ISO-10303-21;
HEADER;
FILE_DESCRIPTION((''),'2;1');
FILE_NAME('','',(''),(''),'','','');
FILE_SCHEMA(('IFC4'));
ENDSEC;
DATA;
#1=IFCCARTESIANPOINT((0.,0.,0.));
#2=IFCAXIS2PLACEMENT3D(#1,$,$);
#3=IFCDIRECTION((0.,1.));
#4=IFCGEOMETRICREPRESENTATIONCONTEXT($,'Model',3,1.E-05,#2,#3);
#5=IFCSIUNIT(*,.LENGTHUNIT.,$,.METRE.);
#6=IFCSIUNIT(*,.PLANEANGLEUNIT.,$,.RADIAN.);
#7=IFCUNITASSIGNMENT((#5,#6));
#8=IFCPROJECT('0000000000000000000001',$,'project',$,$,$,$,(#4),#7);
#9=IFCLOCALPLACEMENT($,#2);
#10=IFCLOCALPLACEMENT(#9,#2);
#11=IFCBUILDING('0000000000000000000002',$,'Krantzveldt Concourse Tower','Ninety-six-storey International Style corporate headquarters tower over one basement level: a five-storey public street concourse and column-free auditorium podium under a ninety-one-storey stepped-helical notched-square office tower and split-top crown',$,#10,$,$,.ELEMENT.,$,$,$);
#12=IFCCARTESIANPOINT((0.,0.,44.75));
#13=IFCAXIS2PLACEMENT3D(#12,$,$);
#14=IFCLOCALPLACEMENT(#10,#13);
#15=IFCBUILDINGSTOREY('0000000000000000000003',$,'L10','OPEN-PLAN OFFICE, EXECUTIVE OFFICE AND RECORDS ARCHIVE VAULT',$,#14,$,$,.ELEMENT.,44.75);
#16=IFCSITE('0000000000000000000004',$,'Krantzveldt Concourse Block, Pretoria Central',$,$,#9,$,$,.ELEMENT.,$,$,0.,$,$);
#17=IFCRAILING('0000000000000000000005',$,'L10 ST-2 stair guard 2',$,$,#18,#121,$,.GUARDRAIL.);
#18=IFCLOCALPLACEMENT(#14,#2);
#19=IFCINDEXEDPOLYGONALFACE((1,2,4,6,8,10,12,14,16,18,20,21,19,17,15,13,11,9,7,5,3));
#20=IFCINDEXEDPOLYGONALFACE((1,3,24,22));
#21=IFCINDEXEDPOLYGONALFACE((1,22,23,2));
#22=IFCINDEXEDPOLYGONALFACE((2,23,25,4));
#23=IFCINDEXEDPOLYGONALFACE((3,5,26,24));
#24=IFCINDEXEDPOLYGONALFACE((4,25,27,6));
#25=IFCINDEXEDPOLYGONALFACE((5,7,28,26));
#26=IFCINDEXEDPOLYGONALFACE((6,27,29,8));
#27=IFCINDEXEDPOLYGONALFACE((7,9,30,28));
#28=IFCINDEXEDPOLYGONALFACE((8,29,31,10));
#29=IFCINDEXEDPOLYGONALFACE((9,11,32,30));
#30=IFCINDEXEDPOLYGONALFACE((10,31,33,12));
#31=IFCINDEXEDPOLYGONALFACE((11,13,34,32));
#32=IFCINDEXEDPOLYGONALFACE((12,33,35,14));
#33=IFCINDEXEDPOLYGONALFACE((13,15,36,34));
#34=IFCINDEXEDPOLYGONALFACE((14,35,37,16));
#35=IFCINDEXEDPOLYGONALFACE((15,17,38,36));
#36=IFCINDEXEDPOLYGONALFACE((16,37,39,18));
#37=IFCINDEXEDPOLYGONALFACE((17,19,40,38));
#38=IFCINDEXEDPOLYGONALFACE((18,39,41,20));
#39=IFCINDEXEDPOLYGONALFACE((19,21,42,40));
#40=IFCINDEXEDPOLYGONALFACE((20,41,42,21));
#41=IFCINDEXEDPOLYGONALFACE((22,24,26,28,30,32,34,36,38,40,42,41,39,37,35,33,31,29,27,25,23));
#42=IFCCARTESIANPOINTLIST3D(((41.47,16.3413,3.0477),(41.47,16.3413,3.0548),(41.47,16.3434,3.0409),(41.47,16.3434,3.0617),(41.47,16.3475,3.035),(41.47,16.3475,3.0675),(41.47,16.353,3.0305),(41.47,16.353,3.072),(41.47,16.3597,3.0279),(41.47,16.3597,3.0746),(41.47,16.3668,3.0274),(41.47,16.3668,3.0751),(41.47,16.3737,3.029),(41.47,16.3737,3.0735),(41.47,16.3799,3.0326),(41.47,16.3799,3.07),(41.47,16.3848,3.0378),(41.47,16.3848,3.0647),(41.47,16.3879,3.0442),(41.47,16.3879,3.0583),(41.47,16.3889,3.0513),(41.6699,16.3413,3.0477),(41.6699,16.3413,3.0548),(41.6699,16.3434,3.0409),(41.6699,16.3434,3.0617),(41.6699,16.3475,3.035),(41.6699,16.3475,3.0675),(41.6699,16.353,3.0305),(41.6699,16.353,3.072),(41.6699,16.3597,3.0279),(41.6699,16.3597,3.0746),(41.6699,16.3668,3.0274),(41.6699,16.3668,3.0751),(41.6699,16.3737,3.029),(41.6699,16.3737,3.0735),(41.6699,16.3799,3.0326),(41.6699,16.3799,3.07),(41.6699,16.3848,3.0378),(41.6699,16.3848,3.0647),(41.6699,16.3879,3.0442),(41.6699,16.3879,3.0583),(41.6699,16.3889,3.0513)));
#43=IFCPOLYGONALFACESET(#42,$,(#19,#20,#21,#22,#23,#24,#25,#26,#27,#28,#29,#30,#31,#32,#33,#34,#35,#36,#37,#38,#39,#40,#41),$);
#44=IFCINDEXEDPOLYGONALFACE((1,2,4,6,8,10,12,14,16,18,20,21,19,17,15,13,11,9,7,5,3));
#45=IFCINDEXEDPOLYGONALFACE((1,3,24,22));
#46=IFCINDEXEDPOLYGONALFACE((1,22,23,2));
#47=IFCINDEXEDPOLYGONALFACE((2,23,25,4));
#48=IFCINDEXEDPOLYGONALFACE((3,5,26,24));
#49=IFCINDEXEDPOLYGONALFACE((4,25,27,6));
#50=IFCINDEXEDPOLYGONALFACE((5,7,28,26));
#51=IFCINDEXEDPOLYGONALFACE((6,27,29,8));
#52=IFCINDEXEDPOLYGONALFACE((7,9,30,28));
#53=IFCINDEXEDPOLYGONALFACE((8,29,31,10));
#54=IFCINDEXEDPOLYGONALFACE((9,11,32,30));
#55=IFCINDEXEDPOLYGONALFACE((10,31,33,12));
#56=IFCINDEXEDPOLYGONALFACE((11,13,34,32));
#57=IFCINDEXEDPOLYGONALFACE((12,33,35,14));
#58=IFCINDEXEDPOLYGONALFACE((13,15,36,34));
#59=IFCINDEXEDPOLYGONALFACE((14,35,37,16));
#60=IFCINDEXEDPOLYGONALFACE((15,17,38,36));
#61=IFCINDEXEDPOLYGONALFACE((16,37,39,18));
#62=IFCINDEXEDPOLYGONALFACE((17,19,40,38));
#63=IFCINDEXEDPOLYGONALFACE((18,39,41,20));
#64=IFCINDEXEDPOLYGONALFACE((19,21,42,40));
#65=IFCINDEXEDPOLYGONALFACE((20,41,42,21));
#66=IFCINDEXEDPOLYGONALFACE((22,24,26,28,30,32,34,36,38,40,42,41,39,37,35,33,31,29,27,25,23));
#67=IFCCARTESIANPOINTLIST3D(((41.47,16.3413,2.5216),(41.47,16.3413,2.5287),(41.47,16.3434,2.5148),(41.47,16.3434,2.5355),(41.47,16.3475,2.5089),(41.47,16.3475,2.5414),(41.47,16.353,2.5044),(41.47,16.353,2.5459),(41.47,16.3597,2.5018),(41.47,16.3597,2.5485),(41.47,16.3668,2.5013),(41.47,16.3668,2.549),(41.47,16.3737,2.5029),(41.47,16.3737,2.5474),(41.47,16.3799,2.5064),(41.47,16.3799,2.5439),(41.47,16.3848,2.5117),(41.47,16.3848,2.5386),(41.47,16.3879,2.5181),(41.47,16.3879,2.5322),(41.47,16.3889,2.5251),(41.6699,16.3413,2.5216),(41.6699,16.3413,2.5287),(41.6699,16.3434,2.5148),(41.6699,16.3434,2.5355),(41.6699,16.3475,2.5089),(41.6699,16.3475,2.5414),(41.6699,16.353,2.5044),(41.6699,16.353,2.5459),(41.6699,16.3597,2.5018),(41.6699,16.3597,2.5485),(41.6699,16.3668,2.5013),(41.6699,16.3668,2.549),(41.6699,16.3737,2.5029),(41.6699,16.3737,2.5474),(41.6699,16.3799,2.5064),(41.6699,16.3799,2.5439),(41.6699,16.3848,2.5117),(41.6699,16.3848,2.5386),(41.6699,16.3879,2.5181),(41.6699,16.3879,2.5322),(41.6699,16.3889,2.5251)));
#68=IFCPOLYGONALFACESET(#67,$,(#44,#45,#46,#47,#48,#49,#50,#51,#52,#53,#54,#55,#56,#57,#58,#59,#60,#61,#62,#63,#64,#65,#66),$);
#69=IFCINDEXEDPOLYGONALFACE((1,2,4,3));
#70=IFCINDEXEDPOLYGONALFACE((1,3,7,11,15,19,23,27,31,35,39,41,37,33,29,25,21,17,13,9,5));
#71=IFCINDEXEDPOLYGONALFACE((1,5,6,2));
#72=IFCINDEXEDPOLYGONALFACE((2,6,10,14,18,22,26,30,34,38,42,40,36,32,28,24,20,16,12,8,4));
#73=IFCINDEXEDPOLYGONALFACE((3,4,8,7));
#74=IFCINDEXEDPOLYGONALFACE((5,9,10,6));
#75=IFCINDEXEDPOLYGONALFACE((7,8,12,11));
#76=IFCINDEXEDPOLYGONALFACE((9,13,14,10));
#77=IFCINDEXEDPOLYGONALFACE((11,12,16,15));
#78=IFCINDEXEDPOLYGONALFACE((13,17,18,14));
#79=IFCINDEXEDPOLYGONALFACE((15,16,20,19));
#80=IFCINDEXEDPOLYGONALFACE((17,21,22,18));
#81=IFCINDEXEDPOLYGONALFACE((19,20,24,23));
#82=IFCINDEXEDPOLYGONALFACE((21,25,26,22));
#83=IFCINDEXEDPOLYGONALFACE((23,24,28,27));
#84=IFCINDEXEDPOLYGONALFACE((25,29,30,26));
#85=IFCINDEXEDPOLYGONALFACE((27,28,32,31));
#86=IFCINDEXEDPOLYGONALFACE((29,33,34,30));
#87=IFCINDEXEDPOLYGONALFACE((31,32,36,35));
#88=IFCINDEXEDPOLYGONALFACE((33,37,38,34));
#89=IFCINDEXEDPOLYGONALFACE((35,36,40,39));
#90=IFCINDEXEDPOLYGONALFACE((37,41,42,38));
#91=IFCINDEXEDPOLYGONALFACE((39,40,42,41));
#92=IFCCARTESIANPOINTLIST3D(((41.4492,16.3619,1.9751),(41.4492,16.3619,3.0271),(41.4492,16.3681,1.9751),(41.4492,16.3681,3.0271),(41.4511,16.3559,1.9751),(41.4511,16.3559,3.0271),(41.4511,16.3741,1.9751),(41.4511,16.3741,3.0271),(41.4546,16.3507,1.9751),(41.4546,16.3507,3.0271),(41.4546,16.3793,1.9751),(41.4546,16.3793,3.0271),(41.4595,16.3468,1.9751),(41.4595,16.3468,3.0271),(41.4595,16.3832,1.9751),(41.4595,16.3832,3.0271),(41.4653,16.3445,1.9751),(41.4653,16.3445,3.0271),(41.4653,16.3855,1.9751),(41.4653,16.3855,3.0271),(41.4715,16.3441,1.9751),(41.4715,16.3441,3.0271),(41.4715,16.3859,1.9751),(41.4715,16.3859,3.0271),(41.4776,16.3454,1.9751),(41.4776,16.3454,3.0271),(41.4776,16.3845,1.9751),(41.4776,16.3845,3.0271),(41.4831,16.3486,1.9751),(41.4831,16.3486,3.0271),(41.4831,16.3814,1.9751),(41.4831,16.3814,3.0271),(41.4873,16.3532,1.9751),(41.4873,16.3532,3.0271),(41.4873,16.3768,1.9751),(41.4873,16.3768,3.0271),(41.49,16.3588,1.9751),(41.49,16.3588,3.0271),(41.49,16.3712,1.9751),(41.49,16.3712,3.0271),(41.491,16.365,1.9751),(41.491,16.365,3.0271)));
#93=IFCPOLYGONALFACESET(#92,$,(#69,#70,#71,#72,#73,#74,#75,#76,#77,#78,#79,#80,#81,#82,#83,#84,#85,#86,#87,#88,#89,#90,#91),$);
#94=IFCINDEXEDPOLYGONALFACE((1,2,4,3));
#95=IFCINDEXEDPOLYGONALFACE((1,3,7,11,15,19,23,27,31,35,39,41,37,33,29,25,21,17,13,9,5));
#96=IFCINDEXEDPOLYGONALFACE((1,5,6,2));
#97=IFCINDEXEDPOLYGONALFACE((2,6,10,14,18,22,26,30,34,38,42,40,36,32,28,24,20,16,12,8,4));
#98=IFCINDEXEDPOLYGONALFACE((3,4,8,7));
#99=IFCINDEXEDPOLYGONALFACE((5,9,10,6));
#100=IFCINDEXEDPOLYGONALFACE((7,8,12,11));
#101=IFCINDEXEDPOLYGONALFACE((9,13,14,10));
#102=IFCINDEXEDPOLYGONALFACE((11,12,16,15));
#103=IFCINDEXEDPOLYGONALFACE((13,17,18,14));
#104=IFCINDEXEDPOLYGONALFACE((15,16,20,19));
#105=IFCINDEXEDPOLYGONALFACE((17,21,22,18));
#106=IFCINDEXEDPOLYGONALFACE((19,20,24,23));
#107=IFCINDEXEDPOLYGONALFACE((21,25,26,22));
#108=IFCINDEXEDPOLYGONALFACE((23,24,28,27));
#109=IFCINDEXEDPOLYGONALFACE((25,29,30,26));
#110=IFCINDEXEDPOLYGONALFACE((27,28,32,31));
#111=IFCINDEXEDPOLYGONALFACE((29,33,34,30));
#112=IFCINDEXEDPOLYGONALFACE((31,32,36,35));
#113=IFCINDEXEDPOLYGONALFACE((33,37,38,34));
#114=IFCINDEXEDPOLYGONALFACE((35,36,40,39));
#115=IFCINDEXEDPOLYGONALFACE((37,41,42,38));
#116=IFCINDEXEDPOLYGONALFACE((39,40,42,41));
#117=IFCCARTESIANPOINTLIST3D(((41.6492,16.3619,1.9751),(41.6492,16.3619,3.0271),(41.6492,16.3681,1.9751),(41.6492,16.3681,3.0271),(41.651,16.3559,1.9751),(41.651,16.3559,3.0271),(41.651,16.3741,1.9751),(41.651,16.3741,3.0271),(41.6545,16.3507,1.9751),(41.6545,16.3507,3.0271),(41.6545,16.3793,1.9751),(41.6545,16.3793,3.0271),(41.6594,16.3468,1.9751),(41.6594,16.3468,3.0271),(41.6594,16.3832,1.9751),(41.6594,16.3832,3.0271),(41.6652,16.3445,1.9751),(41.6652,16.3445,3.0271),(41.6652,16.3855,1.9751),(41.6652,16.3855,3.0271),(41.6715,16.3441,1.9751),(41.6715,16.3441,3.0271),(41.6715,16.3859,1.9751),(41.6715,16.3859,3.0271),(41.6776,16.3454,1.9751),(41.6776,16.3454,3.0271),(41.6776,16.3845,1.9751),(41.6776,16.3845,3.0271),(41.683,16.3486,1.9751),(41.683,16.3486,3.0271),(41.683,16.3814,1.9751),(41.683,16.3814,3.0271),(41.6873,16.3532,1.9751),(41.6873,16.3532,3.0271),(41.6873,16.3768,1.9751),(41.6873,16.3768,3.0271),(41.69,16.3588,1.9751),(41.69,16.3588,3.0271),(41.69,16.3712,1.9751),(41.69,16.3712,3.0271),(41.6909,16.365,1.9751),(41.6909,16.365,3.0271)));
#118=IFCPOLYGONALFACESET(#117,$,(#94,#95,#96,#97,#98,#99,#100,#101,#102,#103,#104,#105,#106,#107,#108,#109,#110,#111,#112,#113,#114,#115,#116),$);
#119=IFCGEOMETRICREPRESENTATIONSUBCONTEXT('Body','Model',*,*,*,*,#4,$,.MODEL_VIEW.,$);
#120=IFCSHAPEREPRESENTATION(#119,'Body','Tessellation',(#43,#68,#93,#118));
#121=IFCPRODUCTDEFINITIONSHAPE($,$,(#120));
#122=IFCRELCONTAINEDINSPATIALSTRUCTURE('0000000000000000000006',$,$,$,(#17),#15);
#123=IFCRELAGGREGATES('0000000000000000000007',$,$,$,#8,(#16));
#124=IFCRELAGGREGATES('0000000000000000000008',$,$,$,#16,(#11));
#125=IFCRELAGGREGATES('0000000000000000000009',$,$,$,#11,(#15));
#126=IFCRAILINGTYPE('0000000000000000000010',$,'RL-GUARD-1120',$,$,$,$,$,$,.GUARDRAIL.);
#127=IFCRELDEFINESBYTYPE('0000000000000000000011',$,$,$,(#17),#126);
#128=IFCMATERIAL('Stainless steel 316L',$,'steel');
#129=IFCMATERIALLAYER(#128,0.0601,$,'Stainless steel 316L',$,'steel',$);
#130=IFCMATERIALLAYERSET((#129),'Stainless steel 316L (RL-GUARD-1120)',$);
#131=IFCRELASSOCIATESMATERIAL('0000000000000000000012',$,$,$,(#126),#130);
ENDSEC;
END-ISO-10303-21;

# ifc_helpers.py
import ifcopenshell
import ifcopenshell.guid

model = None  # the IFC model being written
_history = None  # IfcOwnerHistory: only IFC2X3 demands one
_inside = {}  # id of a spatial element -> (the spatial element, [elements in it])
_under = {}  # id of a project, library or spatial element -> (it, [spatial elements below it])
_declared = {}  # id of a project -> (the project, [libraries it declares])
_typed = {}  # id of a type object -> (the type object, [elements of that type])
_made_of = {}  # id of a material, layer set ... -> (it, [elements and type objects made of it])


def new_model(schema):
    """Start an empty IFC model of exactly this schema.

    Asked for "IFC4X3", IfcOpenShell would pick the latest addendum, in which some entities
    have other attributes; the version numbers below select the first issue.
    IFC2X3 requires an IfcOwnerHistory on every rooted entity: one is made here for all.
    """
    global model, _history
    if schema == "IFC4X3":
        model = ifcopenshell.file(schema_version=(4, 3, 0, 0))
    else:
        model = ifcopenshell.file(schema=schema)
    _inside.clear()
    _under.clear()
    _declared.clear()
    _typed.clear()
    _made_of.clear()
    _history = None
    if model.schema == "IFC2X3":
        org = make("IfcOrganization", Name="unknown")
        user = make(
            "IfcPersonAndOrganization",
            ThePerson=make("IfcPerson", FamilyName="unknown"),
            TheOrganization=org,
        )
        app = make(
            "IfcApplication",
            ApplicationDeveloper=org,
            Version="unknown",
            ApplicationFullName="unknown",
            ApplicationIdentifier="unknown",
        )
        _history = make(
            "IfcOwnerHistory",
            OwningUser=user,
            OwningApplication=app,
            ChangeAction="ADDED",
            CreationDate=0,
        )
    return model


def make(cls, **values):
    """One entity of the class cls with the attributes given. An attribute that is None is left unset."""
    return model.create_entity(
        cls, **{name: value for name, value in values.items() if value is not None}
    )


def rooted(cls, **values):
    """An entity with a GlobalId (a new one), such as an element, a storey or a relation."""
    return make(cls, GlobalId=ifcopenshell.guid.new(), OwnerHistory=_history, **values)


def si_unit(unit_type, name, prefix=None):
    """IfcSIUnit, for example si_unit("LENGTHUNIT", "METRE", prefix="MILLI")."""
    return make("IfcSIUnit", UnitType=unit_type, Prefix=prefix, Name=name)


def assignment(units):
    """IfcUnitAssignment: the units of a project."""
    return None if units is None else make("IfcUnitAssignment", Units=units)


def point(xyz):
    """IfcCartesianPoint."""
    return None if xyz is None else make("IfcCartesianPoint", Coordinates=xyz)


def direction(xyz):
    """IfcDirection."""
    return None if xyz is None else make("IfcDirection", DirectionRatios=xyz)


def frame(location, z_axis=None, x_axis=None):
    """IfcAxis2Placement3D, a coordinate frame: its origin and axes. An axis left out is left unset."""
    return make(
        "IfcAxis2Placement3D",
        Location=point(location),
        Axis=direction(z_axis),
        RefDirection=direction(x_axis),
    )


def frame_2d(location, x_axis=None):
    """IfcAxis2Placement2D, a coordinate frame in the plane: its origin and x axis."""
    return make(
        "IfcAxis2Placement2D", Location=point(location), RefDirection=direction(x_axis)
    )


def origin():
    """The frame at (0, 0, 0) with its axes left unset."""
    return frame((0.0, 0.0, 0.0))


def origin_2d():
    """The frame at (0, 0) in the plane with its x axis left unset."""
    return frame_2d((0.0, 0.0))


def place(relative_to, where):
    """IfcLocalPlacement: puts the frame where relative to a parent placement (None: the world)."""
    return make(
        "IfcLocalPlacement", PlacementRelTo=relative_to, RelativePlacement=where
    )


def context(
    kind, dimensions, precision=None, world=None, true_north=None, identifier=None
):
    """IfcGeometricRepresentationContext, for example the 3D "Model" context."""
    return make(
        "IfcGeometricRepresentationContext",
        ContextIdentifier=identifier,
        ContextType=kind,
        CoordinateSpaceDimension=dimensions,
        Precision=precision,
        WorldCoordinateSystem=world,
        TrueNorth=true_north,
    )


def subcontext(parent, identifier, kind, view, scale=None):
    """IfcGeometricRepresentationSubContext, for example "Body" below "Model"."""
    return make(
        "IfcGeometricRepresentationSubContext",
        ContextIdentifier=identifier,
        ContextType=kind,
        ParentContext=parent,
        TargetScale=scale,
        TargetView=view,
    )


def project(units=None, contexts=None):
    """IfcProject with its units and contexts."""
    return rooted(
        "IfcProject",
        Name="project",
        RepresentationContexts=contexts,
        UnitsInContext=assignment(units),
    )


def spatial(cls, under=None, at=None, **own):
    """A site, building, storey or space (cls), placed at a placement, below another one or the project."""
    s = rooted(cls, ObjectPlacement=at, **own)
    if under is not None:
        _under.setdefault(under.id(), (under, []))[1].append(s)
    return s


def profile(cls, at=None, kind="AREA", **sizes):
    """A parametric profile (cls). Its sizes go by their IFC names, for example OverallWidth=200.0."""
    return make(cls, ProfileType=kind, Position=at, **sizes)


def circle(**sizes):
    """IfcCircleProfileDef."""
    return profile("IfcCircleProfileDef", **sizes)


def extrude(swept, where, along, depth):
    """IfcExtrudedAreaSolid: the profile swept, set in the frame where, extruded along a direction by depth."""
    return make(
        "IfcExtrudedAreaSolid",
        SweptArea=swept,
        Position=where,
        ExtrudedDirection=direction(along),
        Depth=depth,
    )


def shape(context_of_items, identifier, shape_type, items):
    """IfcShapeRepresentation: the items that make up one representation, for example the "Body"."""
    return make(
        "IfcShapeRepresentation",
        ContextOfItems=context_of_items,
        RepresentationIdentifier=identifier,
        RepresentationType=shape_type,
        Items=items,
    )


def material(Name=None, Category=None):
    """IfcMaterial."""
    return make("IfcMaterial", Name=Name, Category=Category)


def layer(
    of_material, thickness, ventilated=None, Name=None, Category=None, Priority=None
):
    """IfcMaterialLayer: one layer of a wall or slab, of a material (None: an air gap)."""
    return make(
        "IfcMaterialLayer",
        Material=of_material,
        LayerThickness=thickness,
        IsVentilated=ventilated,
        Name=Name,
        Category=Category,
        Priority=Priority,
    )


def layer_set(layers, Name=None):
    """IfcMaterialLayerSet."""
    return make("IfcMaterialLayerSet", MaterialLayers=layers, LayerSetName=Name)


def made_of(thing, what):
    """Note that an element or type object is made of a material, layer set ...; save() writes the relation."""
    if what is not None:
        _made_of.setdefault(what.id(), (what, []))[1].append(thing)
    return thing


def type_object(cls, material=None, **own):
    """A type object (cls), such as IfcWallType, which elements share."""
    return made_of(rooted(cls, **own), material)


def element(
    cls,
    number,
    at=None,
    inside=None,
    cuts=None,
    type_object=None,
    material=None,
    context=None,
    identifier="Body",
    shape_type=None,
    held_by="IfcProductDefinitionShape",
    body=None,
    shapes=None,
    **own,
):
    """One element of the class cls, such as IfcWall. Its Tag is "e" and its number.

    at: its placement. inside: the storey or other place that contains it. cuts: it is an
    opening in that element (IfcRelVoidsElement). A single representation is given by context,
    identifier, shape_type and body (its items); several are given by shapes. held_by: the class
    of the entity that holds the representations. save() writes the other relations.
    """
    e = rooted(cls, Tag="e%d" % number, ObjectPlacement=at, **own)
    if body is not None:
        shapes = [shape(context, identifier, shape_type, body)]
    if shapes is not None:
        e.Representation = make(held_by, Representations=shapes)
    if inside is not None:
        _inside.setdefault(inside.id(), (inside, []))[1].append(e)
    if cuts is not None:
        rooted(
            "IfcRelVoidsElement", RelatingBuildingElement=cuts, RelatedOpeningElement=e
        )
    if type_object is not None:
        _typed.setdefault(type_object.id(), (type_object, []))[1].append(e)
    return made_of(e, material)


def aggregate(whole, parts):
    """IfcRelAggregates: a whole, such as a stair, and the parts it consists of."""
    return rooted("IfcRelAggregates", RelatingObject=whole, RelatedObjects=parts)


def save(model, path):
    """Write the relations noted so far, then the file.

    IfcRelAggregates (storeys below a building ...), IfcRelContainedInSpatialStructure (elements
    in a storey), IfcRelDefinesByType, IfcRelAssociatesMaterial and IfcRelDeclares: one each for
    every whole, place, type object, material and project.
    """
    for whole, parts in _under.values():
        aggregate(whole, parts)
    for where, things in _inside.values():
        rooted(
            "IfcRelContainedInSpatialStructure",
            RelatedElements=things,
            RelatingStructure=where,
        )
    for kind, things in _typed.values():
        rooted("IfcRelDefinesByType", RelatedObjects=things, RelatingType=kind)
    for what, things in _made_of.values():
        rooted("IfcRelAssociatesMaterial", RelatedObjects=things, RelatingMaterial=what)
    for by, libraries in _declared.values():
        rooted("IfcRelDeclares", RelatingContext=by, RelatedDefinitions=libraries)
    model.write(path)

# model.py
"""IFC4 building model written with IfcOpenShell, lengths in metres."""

from ifc_helpers import new_model, si_unit, direction, frame, origin, origin_2d, place, context, subcontext, project, spatial, circle, extrude, material, layer, layer_set, type_object, element, save


model = new_model("IFC4")

# Units and contexts
model_context = context("Model", 3, precision=1e-05, world=origin(), true_north=direction((0.0, 1.0)))
body_context = subcontext(model_context, "Body", "Model", "MODEL_VIEW")
ifc_project = project(units=[si_unit("LENGTHUNIT", "METRE"), si_unit("PLANEANGLEUNIT", "RADIAN")], contexts=[model_context])

# Site, building, storey
site_placement = place(None, origin())
site = spatial("IfcSite", under=ifc_project, at=site_placement, Name="Krantzveldt Concourse Block, Pretoria Central", CompositionType="ELEMENT", RefElevation=0.0)
building_placement = place(site_placement, origin())
building = spatial("IfcBuilding", under=site, at=building_placement, Name="Krantzveldt Concourse Tower", Description="Ninety-six-storey International Style corporate headquarters tower over one basement level: a five-storey public street concourse and column-free auditorium podium under a ninety-one-storey stepped-helical notched-square office tower and split-top crown", CompositionType="ELEMENT")
storey_placement = place(building_placement, frame((0.0, 0.0, 44.75)))
storey = spatial("IfcBuildingStorey", under=building, at=storey_placement, Name="L10", Description="OPEN-PLAN OFFICE, EXECUTIVE OFFICE AND RECORDS ARCHIVE VAULT", CompositionType="ELEMENT", Elevation=44.75)

# Shared definitions
ifc_material_1 = material(Name="Stainless steel 316L", Category="steel")

# Railing
ifc_layer_1 = layer(ifc_material_1, 0.0601, Name="Stainless steel 316L", Category="steel")
ifc_layer_set_1 = layer_set([ifc_layer_1], Name="Stainless steel 316L (RL-GUARD-1120)")
railing_type_1 = type_object("IfcRailingType", Name="RL-GUARD-1120", PredefinedType="GUARDRAIL", material=ifc_layer_set_1)
railing_1_placement = place(storey_placement, frame((41.47, 16.365, 1.9751)))
element("IfcRailing", 1, at=railing_1_placement, inside=storey, type_object=railing_type_1, Name="L10 ST-2 stair guard 2", PredefinedType="GUARDRAIL", context=body_context, shape_type="SweptSolid", body=[
    extrude(circle(Radius=0.0239, at=origin_2d()), frame((0.0, 0.0, 1.0762), z_axis=(1.0, 0.0, 0.0), x_axis=(0.0, 1.0, 0.0)), (0.0, 0.0, 1.0), 0.2),
    extrude(circle(Radius=0.0239, at=origin_2d()), frame((0.0, 0.0, 0.55), z_axis=(1.0, 0.0, 0.0), x_axis=(0.0, 1.0, 0.0)), (0.0, 0.0, 1.0), 0.2),
    extrude(circle(Radius=0.021, at=origin_2d()), origin(), (0.0, 0.0, 1.0), 1.052),
    extrude(circle(Radius=0.021, at=origin_2d()), frame((0.2, 0.0, 0.0)), (0.0, 0.0, 1.0), 1.052),
])

save(model, "model.ifc")
